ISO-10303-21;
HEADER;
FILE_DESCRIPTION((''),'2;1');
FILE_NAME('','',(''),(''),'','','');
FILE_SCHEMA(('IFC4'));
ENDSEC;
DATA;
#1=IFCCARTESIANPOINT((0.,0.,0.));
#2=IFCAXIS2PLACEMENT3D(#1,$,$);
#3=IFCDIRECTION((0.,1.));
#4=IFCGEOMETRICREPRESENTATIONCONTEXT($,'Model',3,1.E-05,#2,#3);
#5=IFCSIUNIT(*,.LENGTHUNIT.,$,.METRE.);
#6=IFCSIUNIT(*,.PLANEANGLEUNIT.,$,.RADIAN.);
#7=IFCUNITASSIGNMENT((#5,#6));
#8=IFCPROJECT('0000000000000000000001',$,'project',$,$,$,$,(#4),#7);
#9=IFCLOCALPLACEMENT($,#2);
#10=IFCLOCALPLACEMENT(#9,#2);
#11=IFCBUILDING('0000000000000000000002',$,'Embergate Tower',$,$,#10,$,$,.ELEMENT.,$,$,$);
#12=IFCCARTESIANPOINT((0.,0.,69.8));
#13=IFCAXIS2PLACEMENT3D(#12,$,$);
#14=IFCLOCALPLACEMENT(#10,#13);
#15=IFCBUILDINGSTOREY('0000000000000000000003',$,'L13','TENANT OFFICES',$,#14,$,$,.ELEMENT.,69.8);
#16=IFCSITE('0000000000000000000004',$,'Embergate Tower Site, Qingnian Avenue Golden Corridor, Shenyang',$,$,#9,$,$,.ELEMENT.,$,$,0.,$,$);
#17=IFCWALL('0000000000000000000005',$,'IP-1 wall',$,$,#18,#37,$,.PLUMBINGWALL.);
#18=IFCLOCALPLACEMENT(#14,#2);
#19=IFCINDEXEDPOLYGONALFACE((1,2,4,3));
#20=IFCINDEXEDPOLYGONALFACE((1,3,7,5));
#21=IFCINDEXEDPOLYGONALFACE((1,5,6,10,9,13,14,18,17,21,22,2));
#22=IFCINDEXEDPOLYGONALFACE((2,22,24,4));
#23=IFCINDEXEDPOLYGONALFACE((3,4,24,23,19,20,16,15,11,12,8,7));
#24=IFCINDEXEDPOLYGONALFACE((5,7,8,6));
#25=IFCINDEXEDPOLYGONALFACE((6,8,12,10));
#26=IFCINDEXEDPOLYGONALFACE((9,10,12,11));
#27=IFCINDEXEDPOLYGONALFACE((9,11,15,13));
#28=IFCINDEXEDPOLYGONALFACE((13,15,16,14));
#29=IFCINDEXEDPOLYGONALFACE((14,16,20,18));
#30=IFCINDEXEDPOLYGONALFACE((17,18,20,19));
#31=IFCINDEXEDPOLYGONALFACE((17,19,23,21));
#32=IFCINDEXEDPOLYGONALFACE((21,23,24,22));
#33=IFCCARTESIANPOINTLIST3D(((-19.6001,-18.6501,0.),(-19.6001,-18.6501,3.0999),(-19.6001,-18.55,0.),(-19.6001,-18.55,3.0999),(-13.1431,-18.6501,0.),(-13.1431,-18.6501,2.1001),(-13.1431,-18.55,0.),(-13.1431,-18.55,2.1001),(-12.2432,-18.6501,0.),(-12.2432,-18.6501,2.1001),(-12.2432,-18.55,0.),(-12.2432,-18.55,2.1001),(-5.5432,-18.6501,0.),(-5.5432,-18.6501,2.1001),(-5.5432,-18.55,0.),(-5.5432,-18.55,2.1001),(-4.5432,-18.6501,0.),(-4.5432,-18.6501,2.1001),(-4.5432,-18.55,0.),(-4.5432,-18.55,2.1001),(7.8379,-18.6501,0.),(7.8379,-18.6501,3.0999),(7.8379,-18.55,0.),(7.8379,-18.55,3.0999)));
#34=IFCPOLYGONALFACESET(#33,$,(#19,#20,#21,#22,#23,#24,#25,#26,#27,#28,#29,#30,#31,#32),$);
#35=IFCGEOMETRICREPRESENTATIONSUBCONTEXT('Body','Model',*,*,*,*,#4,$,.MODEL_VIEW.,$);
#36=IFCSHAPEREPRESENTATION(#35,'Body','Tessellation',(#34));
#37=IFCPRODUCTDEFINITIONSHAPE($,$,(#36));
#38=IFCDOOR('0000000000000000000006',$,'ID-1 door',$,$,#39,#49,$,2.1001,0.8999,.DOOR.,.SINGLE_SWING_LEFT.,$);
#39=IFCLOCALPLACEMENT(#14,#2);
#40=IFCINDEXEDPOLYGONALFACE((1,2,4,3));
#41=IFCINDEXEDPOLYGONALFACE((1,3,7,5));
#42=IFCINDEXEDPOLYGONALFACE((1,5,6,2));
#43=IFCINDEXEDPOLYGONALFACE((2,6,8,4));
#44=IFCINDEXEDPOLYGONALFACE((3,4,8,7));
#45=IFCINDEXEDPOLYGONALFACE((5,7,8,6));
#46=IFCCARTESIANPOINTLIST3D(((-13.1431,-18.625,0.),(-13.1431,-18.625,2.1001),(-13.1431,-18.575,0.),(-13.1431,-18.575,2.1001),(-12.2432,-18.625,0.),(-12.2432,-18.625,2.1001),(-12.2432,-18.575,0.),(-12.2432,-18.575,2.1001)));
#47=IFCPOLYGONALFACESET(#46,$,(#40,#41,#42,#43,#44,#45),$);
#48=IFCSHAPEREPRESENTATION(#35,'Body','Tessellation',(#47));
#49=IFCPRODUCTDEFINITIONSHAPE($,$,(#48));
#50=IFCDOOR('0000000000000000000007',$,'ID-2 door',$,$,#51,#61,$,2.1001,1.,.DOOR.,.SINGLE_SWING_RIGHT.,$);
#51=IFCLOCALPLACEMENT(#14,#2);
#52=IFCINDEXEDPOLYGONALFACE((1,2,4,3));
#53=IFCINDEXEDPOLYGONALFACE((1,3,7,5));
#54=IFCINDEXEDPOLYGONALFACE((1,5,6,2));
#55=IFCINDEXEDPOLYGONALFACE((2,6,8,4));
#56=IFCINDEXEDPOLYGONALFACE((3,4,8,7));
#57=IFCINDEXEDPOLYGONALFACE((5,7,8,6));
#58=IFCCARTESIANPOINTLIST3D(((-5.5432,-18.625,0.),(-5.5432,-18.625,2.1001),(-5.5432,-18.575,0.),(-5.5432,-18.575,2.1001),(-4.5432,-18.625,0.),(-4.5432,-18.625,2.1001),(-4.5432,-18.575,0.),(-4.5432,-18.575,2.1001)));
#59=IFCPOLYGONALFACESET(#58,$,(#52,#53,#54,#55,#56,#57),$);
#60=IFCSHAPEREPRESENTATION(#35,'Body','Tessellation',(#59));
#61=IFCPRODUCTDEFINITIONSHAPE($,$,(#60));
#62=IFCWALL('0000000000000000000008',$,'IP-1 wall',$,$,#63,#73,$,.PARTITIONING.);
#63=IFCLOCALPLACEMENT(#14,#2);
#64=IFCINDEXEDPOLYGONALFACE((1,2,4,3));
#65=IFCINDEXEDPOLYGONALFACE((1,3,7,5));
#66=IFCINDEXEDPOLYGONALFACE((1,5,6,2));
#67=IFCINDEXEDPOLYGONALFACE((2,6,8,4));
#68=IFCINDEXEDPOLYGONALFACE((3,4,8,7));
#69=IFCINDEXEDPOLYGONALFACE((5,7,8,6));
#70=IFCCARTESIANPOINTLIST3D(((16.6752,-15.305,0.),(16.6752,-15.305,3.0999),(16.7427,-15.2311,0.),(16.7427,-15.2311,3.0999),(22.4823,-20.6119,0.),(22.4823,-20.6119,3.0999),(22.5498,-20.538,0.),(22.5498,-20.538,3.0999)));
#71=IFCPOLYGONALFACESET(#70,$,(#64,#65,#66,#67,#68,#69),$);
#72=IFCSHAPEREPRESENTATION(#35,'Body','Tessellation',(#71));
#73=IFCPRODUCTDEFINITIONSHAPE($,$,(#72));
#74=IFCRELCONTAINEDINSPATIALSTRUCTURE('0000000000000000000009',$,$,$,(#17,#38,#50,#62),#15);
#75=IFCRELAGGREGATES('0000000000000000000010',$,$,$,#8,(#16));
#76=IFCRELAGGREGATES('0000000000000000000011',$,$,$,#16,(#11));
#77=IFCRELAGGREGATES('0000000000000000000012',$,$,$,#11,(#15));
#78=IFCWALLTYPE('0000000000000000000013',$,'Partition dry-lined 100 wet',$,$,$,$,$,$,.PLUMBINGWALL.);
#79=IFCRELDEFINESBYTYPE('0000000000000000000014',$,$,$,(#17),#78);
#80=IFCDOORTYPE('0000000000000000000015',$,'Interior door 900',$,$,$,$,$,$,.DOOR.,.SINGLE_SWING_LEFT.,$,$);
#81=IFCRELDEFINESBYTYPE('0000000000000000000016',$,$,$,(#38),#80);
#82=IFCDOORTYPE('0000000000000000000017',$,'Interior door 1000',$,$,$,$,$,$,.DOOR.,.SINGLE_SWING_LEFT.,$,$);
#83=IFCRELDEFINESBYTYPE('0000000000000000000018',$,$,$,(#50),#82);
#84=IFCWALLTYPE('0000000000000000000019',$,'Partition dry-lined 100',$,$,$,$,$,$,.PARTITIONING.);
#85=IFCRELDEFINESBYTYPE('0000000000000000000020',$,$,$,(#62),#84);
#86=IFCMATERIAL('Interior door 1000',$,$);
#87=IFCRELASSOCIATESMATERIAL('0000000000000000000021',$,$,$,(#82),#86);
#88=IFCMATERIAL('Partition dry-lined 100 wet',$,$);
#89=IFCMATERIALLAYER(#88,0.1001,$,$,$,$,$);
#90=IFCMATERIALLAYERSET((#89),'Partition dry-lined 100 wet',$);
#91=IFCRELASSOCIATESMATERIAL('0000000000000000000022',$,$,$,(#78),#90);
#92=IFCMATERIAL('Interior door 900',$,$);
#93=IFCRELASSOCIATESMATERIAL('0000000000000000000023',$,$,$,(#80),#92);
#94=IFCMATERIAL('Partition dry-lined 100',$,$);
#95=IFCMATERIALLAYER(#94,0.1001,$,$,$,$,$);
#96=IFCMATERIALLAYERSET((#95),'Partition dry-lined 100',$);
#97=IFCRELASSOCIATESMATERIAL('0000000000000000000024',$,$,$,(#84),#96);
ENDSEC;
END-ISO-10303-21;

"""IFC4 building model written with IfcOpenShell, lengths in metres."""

from ifc_helpers import new_model, si_unit, direction, frame, frame_2d, origin, place, context, subcontext, project, spatial, rectangle, extrude, source, transform, mapped, material, layer, layer_set, type_object, element, fill, save


model = new_model("IFC4")

# Units and contexts
model_context = context("Model", 3, precision=1e-05, world=origin(), true_north=direction((0.0, 1.0)))
body_context = subcontext(model_context, "Body", "Model", "MODEL_VIEW")
ifc_project = project(units=[si_unit("LENGTHUNIT", "METRE"), si_unit("PLANEANGLEUNIT", "RADIAN")], contexts=[model_context])

# Site, building, storey
site_placement = place(None, origin())
site = spatial("IfcSite", under=ifc_project, at=site_placement, Name="Embergate Tower Site, Qingnian Avenue Golden Corridor, Shenyang", CompositionType="ELEMENT", RefElevation=0.0)
building_placement = place(site_placement, origin())
building = spatial("IfcBuilding", under=site, at=building_placement, Name="Embergate Tower", CompositionType="ELEMENT")
storey_placement = place(building_placement, frame((0.0, 0.0, 69.8)))
storey = spatial("IfcBuildingStorey", under=building, at=storey_placement, Name="L13", Description="TENANT OFFICES", CompositionType="ELEMENT", Elevation=69.8)

# Wall, openings, doors
shared_shape_1 = source(origin(), body_context, "Body", "SweptSolid", [
    extrude(rectangle(XDim=0.8999, YDim=2.1001, at=frame_2d((0.45, 1.05))), frame((0.0, 0.0249, 0.0), z_axis=(0.0, -1.0, 0.0), x_axis=(1.0, 0.0, 0.0)), (0.0, 0.0, 1.0), 0.05),
])
ifc_material_1 = material(Name="Interior door 1000")
door_type_1 = type_object("IfcDoorType", Name="Interior door 1000", OperationType="SINGLE_SWING_LEFT", PredefinedType="DOOR", material=ifc_material_1)
shared_shape_2 = source(origin(), body_context, "Body", "SweptSolid", [
    extrude(rectangle(XDim=1.0, YDim=2.1001, at=frame_2d((0.5, 1.05))), frame((0.0, 0.0249, 0.0), z_axis=(0.0, -1.0, 0.0), x_axis=(1.0, 0.0, 0.0)), (0.0, 0.0, 1.0), 0.05),
])
ifc_material_2 = material(Name="Partition dry-lined 100 wet")
ifc_layer_1 = layer(ifc_material_2, 0.1001)
ifc_layer_set_1 = layer_set([ifc_layer_1], Name="Partition dry-lined 100 wet")
wall_type_1 = type_object("IfcWallType", Name="Partition dry-lined 100 wet", PredefinedType="PLUMBINGWALL", material=ifc_layer_set_1)
shared_shape_3 = source(origin(), body_context, "Body", "SweptSolid", [
    extrude(rectangle(XDim=27.438, YDim=0.1001, at=frame_2d((13.719, 0.0))), origin(), (0.0, 0.0, 1.0), 3.0999),
])
wall_1_placement = place(storey_placement, frame((7.8379, -18.6001, 0.0), z_axis=(0.0, 0.0, 1.0), x_axis=(-1.0, 0.0, 0.0)))
wall_1 = element("IfcWall", 1, at=wall_1_placement, inside=storey, type_object=wall_type_1, Name="IP-1 wall", PredefinedType="PLUMBINGWALL", context=body_context, shape_type="MappedRepresentation", body=[
    mapped(shared_shape_3, transform((0.0, 0.0, 0.0))),
])
shared_shape_4 = source(origin(), body_context, "Body", "SweptSolid", [
    extrude(rectangle(XDim=0.8999, YDim=2.1001, at=frame_2d((0.45, 1.05))), frame((0.0, 0.0601, 0.0), z_axis=(0.0, -1.0, 0.0), x_axis=(1.0, 0.0, 0.0)), (0.0, 0.0, 1.0), 0.1201),
])
opening_1_placement = place(wall_1_placement, frame((20.0811, 0.0, 0.0)))
opening_1 = element("IfcOpeningElement", 2, at=opening_1_placement, cuts=wall_1, PredefinedType="OPENING", context=body_context, shape_type="MappedRepresentation", body=[
    mapped(shared_shape_4, transform((0.0, 0.0, 0.0))),
])
shared_shape_5 = source(origin(), body_context, "Body", "SweptSolid", [
    extrude(rectangle(XDim=1.0, YDim=2.1001, at=frame_2d((0.5, 1.05))), frame((0.0, 0.0601, 0.0), z_axis=(0.0, -1.0, 0.0), x_axis=(1.0, 0.0, 0.0)), (0.0, 0.0, 1.0), 0.1201),
])
opening_2_placement = place(wall_1_placement, frame((12.3811, 0.0, 0.0)))
opening_2 = element("IfcOpeningElement", 3, at=opening_2_placement, cuts=wall_1, PredefinedType="OPENING", context=body_context, shape_type="MappedRepresentation", body=[
    mapped(shared_shape_5, transform((0.0, 0.0, 0.0))),
])
ifc_material_3 = material(Name="Interior door 900")
door_type_2 = type_object("IfcDoorType", Name="Interior door 900", OperationType="SINGLE_SWING_LEFT", PredefinedType="DOOR", material=ifc_material_3)
door_1_placement = place(opening_1_placement, origin())
door_1 = element("IfcDoor", 4, at=door_1_placement, inside=storey, type_object=door_type_2, Name="ID-1 door", OperationType="SINGLE_SWING_LEFT", OverallHeight=2.1001, OverallWidth=0.8999, PredefinedType="DOOR", context=body_context, shape_type="MappedRepresentation", body=[
    mapped(shared_shape_1, transform((0.0, 0.0, 0.0))),
])
fill(opening_1, door_1)
door_2_placement = place(opening_2_placement, origin())
door_2 = element("IfcDoor", 5, at=door_2_placement, inside=storey, type_object=door_type_1, Name="ID-2 door", OperationType="SINGLE_SWING_RIGHT", OverallHeight=2.1001, OverallWidth=1.0, PredefinedType="DOOR", context=body_context, shape_type="MappedRepresentation", body=[
    mapped(shared_shape_2, transform((0.0, 0.0, 0.0))),
])
fill(opening_2, door_2)

# Wall
ifc_material_4 = material(Name="Partition dry-lined 100")
ifc_layer_2 = layer(ifc_material_4, 0.1001)
ifc_layer_set_2 = layer_set([ifc_layer_2], Name="Partition dry-lined 100")
wall_type_2 = type_object("IfcWallType", Name="Partition dry-lined 100", PredefinedType="PARTITIONING", material=ifc_layer_set_2)
shared_shape_6 = source(origin(), body_context, "Body", "SweptSolid", [
    extrude(rectangle(XDim=7.8667, YDim=0.1001, at=frame_2d((3.9333, 0.0))), origin(), (0.0, 0.0, 1.0), 3.0999),
])
wall_2_placement = place(storey_placement, frame((16.709, -15.2681, 0.0), z_axis=(0.0, 0.0, 1.0), x_axis=(0.738186, -0.674597, 0.0)))
element("IfcWall", 6, at=wall_2_placement, inside=storey, type_object=wall_type_2, Name="IP-1 wall", PredefinedType="PARTITIONING", context=body_context, shape_type="MappedRepresentation", body=[
    mapped(shared_shape_6, transform((0.0, 0.0, 0.0))),
])

save(model, "model.ifc")
